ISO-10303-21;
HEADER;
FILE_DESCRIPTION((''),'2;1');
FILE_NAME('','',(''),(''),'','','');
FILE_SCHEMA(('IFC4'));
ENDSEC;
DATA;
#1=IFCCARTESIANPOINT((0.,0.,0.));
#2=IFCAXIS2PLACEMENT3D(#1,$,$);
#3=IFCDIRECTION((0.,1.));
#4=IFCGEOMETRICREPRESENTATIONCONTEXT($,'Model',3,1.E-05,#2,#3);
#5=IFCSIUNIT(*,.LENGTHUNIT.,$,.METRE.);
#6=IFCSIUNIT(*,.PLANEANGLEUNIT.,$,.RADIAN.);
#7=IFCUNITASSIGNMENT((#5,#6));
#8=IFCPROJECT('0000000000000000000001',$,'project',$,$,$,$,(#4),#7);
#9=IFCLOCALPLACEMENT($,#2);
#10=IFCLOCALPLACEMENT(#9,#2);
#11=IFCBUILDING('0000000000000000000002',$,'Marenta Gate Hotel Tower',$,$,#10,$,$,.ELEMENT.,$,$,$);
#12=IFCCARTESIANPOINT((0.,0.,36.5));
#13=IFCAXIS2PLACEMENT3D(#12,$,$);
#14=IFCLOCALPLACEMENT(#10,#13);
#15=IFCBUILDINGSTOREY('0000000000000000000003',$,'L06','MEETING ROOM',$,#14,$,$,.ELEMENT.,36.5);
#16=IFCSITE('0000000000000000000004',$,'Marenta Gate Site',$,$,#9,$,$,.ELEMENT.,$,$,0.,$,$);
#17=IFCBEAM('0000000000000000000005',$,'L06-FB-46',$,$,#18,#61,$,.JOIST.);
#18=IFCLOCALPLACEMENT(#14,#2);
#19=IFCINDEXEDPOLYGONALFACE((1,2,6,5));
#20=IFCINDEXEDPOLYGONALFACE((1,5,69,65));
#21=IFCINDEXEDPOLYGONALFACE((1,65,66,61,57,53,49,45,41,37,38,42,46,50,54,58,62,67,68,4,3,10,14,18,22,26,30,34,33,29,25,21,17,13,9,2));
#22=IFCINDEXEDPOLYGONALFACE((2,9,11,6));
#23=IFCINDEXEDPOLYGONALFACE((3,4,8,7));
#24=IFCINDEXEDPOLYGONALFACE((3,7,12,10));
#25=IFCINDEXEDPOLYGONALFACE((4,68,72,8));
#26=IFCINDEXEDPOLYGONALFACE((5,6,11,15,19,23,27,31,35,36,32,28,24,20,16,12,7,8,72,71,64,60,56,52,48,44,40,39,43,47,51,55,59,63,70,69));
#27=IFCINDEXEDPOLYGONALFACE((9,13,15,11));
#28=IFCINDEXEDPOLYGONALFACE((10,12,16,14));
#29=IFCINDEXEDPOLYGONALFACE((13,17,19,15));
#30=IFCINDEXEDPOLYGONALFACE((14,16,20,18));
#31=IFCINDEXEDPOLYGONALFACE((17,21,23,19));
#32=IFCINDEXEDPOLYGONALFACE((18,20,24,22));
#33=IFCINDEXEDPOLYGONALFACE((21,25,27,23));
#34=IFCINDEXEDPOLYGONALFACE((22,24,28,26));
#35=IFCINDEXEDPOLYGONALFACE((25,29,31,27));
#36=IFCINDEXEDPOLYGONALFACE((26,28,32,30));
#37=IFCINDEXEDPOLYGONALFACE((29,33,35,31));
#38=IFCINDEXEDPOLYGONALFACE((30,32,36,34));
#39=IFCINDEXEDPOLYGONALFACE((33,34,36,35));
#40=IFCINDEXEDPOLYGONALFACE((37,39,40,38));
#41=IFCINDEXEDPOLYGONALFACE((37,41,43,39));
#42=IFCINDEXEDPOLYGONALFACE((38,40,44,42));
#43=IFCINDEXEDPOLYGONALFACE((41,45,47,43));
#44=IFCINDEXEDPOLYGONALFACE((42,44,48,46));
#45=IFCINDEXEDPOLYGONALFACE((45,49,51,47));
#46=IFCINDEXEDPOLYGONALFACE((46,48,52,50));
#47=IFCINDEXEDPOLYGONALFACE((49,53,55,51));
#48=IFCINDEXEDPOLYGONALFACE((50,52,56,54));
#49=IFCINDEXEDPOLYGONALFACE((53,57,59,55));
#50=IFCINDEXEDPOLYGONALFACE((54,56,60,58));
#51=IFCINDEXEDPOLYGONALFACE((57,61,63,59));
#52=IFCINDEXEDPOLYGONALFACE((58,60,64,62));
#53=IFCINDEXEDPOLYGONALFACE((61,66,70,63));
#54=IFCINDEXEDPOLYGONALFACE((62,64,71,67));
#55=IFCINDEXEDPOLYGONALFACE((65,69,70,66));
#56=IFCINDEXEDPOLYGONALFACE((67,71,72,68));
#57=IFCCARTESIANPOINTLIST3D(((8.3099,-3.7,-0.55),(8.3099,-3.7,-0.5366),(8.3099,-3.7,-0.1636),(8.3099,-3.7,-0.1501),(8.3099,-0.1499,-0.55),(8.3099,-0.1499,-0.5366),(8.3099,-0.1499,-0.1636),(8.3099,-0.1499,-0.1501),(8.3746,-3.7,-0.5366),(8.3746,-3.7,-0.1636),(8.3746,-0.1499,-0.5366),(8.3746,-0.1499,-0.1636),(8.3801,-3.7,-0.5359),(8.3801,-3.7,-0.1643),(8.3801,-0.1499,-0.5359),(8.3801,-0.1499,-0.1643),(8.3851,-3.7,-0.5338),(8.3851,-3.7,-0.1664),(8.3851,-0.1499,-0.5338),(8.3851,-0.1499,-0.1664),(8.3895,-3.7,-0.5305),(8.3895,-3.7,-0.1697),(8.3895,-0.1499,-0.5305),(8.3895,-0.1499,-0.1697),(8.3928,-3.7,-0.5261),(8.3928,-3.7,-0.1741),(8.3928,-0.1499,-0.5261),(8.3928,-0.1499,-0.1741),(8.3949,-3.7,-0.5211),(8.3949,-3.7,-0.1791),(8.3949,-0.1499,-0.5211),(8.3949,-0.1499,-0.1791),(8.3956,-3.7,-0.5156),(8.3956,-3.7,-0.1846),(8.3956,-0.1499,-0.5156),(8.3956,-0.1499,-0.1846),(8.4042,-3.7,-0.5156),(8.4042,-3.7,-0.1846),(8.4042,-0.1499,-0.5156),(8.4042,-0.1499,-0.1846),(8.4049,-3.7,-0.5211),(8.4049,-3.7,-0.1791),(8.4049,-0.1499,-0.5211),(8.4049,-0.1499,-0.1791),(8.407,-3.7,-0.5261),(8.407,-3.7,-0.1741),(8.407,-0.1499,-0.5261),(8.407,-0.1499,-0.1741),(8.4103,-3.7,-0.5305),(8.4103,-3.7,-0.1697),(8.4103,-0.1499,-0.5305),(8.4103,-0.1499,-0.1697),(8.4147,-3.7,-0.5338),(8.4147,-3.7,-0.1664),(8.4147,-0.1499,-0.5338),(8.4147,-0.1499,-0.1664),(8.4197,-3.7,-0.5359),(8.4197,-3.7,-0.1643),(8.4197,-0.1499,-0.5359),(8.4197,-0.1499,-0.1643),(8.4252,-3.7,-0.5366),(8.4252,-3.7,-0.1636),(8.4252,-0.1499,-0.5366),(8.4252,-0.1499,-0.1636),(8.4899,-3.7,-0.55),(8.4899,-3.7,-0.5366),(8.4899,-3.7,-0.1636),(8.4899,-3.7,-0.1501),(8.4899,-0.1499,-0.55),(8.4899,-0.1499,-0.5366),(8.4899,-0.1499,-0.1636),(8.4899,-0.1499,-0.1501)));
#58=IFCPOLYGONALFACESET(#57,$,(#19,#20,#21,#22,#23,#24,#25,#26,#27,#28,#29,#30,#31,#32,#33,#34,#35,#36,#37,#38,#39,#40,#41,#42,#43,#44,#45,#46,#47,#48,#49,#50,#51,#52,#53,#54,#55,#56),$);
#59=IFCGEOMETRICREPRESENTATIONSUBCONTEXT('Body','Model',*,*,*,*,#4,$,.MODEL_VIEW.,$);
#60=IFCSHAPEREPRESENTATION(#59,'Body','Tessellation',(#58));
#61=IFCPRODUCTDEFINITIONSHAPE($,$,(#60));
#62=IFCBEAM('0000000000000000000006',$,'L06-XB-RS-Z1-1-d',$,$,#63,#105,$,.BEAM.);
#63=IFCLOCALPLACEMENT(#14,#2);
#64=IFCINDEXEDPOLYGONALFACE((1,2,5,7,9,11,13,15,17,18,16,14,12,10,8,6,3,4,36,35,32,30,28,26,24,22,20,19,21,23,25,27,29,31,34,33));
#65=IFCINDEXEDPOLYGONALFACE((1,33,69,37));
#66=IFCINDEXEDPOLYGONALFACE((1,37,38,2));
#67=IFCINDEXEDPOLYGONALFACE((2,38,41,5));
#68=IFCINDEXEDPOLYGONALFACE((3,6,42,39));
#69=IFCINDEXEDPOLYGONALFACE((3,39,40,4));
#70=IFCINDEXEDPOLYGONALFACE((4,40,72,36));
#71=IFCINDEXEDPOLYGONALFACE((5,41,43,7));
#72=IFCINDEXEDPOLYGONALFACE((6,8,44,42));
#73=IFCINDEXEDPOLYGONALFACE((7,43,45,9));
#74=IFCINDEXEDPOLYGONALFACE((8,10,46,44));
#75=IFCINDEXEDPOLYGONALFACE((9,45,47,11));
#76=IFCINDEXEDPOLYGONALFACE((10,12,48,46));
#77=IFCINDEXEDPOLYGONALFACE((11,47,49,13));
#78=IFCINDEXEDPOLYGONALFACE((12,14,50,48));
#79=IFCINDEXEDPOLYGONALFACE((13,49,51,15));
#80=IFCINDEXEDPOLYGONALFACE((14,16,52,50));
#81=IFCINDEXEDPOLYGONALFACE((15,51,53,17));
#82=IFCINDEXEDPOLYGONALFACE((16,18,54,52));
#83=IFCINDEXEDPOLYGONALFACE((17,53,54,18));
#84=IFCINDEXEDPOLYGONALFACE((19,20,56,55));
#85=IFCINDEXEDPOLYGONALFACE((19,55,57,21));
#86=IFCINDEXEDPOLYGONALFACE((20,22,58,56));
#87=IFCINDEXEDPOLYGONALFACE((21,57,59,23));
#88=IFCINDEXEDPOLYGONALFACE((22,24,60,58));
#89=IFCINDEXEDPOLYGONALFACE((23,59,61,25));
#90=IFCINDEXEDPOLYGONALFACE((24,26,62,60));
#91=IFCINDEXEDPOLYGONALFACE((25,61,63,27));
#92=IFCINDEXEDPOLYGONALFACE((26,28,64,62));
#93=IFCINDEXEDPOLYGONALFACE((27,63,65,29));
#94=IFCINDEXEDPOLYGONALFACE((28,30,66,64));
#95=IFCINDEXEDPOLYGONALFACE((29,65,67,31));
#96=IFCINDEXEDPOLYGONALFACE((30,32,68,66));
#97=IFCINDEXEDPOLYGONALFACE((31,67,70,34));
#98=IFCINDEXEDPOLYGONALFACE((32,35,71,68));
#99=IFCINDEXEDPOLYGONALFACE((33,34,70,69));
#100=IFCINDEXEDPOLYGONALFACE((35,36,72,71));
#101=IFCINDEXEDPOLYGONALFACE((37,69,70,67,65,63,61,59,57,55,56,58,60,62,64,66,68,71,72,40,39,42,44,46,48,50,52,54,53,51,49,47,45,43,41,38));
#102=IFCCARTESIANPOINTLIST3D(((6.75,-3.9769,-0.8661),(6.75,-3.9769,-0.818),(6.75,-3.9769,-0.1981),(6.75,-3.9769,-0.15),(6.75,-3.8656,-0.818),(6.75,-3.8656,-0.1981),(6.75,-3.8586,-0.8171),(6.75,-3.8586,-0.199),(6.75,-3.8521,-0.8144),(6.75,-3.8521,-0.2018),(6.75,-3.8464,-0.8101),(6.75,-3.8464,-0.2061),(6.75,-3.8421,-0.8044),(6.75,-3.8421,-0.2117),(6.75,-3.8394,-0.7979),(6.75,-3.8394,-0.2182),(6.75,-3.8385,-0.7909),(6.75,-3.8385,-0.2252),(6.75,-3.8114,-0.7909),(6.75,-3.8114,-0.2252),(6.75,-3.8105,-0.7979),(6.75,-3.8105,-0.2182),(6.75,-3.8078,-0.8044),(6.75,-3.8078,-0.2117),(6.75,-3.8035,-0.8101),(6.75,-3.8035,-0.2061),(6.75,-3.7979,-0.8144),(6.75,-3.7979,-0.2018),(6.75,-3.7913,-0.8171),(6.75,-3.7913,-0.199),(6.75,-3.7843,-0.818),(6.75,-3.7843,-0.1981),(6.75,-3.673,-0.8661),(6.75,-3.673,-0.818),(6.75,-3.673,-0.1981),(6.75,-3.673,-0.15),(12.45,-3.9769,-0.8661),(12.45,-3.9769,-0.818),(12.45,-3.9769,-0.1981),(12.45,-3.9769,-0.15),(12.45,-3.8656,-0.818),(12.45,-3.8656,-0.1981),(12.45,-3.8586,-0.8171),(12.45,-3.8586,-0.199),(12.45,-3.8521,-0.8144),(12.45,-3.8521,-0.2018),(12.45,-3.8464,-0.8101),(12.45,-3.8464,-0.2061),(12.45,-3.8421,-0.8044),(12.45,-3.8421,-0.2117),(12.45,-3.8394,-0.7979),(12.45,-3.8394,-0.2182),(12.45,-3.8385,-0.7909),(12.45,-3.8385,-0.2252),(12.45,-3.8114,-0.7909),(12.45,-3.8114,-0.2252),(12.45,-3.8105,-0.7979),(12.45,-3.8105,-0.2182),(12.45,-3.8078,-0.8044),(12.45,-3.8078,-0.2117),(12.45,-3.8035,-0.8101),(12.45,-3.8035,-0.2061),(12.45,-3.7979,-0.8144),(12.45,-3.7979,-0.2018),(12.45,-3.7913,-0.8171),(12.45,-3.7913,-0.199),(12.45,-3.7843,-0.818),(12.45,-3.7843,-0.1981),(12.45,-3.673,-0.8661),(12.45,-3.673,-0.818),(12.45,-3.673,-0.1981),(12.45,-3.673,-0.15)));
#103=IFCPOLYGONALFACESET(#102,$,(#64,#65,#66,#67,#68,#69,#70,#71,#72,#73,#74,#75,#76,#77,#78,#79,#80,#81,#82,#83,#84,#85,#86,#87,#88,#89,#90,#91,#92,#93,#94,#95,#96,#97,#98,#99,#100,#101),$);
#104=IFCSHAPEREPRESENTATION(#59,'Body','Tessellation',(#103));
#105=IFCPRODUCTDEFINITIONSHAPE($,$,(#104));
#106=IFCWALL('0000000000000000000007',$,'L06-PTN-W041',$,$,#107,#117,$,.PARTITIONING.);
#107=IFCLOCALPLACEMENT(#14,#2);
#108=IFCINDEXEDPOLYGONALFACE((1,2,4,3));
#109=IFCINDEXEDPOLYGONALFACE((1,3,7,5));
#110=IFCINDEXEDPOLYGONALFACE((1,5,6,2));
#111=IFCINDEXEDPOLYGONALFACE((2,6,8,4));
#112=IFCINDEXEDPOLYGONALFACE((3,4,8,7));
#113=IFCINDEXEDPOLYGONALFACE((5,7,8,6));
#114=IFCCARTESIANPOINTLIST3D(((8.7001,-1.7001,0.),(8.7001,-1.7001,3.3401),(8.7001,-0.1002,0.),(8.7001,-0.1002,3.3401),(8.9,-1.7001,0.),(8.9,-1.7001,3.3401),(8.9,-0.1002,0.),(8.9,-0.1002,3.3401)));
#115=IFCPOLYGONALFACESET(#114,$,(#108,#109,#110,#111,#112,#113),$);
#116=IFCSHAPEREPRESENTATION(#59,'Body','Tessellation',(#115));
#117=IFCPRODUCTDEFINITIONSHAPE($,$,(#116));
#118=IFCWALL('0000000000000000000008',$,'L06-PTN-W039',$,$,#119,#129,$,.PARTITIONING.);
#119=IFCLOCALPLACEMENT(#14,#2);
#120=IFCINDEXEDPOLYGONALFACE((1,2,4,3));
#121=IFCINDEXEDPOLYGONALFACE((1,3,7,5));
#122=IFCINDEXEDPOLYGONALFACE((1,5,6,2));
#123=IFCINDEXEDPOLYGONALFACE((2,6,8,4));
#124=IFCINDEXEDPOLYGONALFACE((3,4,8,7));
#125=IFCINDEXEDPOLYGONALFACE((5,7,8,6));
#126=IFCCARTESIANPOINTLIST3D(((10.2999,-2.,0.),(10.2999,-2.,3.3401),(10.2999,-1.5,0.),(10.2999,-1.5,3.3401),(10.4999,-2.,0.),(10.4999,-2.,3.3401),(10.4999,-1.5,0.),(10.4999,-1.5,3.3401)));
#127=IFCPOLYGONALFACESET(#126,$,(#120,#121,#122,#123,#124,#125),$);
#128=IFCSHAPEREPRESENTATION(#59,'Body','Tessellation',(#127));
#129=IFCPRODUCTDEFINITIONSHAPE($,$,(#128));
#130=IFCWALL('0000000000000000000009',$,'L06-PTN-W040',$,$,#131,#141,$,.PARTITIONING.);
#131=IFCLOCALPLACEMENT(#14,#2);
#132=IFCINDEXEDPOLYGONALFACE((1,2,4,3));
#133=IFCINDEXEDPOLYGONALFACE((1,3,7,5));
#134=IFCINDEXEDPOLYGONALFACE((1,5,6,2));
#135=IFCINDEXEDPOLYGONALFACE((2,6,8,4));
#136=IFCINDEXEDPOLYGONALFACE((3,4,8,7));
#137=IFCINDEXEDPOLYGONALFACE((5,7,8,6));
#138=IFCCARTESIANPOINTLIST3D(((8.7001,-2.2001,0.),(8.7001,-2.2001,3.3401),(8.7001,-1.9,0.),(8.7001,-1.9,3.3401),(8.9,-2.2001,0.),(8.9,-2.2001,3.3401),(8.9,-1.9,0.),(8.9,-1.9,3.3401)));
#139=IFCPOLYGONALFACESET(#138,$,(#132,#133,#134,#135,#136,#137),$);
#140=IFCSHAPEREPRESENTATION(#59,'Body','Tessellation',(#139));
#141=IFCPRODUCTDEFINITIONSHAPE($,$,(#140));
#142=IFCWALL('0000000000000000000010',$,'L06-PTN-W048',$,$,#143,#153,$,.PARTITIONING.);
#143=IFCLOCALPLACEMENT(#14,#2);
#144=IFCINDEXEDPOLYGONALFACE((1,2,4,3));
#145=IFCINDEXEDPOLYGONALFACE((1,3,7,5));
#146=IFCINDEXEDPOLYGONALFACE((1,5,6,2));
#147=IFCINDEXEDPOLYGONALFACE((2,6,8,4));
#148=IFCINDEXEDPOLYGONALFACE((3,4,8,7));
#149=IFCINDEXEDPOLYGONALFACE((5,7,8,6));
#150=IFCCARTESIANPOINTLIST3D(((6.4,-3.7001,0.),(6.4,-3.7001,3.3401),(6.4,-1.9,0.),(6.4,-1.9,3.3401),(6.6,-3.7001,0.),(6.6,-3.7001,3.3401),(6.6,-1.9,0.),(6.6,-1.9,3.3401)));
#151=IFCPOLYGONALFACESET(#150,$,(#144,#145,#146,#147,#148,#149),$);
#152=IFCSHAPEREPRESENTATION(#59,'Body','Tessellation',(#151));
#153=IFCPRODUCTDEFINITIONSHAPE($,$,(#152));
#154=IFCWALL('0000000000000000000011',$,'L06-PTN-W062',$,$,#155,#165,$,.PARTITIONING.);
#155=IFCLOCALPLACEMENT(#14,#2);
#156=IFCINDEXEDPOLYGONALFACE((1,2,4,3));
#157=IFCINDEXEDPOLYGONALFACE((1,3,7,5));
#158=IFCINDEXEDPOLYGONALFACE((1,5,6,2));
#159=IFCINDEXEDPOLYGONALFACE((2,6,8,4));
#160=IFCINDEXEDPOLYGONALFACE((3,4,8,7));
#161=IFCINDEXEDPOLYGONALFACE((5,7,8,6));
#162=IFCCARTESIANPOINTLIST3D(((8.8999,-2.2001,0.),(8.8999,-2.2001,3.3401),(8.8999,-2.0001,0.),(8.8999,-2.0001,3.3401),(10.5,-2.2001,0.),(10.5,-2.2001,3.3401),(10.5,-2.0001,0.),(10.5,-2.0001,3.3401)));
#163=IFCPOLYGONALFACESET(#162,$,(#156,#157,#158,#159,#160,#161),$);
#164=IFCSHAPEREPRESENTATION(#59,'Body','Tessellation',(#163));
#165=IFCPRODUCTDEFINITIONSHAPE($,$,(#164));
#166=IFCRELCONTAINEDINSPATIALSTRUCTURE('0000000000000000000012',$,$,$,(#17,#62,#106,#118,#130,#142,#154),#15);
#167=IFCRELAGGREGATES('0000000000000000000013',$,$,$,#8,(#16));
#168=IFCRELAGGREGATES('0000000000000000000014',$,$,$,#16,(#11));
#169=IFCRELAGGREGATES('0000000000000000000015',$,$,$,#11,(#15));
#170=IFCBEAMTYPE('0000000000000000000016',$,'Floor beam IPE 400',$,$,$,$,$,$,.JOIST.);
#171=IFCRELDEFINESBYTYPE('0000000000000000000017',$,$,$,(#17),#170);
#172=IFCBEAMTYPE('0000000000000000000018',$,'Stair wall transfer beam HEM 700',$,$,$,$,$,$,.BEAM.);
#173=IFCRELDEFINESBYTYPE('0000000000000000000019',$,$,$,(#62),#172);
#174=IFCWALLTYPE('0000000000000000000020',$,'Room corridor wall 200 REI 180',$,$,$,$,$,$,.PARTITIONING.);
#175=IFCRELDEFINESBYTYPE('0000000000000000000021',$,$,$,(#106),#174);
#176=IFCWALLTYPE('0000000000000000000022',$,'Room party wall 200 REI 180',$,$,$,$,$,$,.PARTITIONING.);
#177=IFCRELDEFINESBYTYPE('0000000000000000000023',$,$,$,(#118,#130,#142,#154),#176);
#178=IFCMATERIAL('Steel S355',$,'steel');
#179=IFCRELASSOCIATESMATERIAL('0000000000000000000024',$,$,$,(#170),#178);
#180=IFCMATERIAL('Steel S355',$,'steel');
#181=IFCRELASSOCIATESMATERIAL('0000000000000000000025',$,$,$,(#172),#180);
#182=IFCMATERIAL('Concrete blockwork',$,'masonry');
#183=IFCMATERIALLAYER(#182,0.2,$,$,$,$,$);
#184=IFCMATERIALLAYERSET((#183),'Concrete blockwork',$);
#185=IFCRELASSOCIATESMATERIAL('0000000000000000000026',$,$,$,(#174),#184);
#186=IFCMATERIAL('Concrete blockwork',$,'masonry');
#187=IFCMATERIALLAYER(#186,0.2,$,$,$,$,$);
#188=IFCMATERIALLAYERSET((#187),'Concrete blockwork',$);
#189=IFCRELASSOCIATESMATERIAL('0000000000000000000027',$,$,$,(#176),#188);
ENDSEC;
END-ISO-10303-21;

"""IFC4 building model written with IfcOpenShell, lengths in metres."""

from ifc_helpers import new_model, si_unit, direction, frame, frame_2d, origin, origin_2d, place, context, subcontext, project, spatial, rectangle, i_section, extrude, material, layer, layer_set, material_profile, profile_set, type_object, element, save


model = new_model("IFC4")

# Units and contexts
model_context = context("Model", 3, precision=1e-05, world=origin(), true_north=direction((0.0, 1.0)))
body_context = subcontext(model_context, "Body", "Model", "MODEL_VIEW")
ifc_project = project(units=[si_unit("LENGTHUNIT", "METRE"), si_unit("PLANEANGLEUNIT", "RADIAN")], contexts=[model_context])

# Site, building, storey
site_placement = place(None, origin())
site = spatial("IfcSite", under=ifc_project, at=site_placement, Name="Marenta Gate Site", CompositionType="ELEMENT", RefElevation=0.0)
building_placement = place(site_placement, origin())
building = spatial("IfcBuilding", under=site, at=building_placement, Name="Marenta Gate Hotel Tower", CompositionType="ELEMENT")
storey_placement = place(building_placement, frame((0.0, 0.0, 36.5)))
storey = spatial("IfcBuildingStorey", under=building, at=storey_placement, Name="L06", Description="MEETING ROOM", CompositionType="ELEMENT", Elevation=36.5)

# Beams
ifc_material_1 = material(Name="Steel S355", Category="steel")
ifc_material_profile_1 = material_profile(ifc_material_1, i_section(OverallWidth=0.1799, OverallDepth=0.3999, WebThickness=0.0085, FlangeThickness=0.0134, FilletRadius=0.021, at=origin_2d()), Name="IPE 400")
ifc_profile_set_1 = profile_set([ifc_material_profile_1], Name="Steel S355")
beam_type_1 = type_object("IfcBeamType", Name="Floor beam IPE 400", PredefinedType="JOIST", material=ifc_profile_set_1)
beam_1_placement = place(storey_placement, frame((8.3999, -3.7, -0.3501), z_axis=(0.0, 1.0, 0.0), x_axis=(-1.0, 0.0, 0.0)))
element("IfcBeam", 1, at=beam_1_placement, inside=storey, type_object=beam_type_1, Name="L06-FB-46", PredefinedType="JOIST", context=body_context, shape_type="SweptSolid", body=[
    extrude(i_section(OverallWidth=0.1799, OverallDepth=0.3999, WebThickness=0.0085, FlangeThickness=0.0134, FilletRadius=0.021, at=origin_2d()), origin(), (0.0, 0.0, 1.0), 3.55),
])
ifc_material_2 = material(Name="Steel S355", Category="steel")
ifc_material_profile_2 = material_profile(ifc_material_2, i_section(OverallWidth=0.304, OverallDepth=0.7161, WebThickness=0.0271, FlangeThickness=0.0481, FilletRadius=0.0271, at=origin_2d()), Name="HEM 700")
ifc_profile_set_2 = profile_set([ifc_material_profile_2], Name="Steel S355")
beam_type_2 = type_object("IfcBeamType", Name="Stair wall transfer beam HEM 700", PredefinedType="BEAM", material=ifc_profile_set_2)
beam_2_placement = place(storey_placement, frame((6.75, -3.825, -0.5081), z_axis=(1.0, 0.0, 0.0), x_axis=(0.0, 1.0, 0.0)))
element("IfcBeam", 2, at=beam_2_placement, inside=storey, type_object=beam_type_2, Name="L06-XB-RS-Z1-1-d", PredefinedType="BEAM", context=body_context, shape_type="SweptSolid", body=[
    extrude(i_section(OverallWidth=0.304, OverallDepth=0.7161, WebThickness=0.0271, FlangeThickness=0.0481, FilletRadius=0.0271, at=origin_2d()), origin(), (0.0, 0.0, 1.0), 5.7),
])

# Walls
ifc_material_3 = material(Name="Concrete blockwork", Category="masonry")
ifc_layer_1 = layer(ifc_material_3, 0.2)
ifc_layer_set_1 = layer_set([ifc_layer_1], Name="Concrete blockwork")
wall_type_1 = type_object("IfcWallType", Name="Room corridor wall 200 REI 180", PredefinedType="PARTITIONING", material=ifc_layer_set_1)
wall_1_placement = place(storey_placement, frame((8.8, -1.7, 0.0), z_axis=(0.0, 0.0, 1.0), x_axis=(0.0, 1.0, 0.0)))
element("IfcWall", 3, at=wall_1_placement, inside=storey, type_object=wall_type_1, Name="L06-PTN-W041", PredefinedType="PARTITIONING", context=body_context, shape_type="SweptSolid", body=[
    extrude(rectangle(XDim=1.5999, YDim=0.2, at=frame_2d((0.7998, 0.0))), origin(), (0.0, 0.0, 1.0), 3.3401),
])
ifc_material_4 = material(Name="Concrete blockwork", Category="masonry")
ifc_layer_2 = layer(ifc_material_4, 0.2)
ifc_layer_set_2 = layer_set([ifc_layer_2], Name="Concrete blockwork")
wall_type_2 = type_object("IfcWallType", Name="Room party wall 200 REI 180", PredefinedType="PARTITIONING", material=ifc_layer_set_2)
wall_2_placement = place(storey_placement, frame((10.3999, -2.0, 0.0), z_axis=(0.0, 0.0, 1.0), x_axis=(0.0, 1.0, 0.0)))
element("IfcWall", 4, at=wall_2_placement, inside=storey, type_object=wall_type_2, Name="L06-PTN-W039", PredefinedType="PARTITIONING", context=body_context, shape_type="SweptSolid", body=[
    extrude(rectangle(XDim=0.5, YDim=0.2, at=frame_2d((0.25, 0.0))), origin(), (0.0, 0.0, 1.0), 3.3401),
])
wall_3_placement = place(storey_placement, frame((8.8, -2.2, 0.0), z_axis=(0.0, 0.0, 1.0), x_axis=(0.0, 1.0, 0.0)))
element("IfcWall", 5, at=wall_3_placement, inside=storey, type_object=wall_type_2, Name="L06-PTN-W040", PredefinedType="PARTITIONING", context=body_context, shape_type="SweptSolid", body=[
    extrude(rectangle(XDim=0.3, YDim=0.2, at=frame_2d((0.1499, 0.0))), origin(), (0.0, 0.0, 1.0), 3.3401),
])
wall_4_placement = place(storey_placement, frame((6.5, -3.7, 0.0), z_axis=(0.0, 0.0, 1.0), x_axis=(0.0, 1.0, 0.0)))
element("IfcWall", 6, at=wall_4_placement, inside=storey, type_object=wall_type_2, Name="L06-PTN-W048", PredefinedType="PARTITIONING", context=body_context, shape_type="SweptSolid", body=[
    extrude(rectangle(XDim=1.8, YDim=0.2, at=frame_2d((0.8999, 0.0))), origin(), (0.0, 0.0, 1.0), 3.3401),
])
wall_5_placement = place(storey_placement, frame((8.8999, -2.1001, 0.0), z_axis=(0.0, 0.0, 1.0), x_axis=(1.0, 0.0, 0.0)))
element("IfcWall", 7, at=wall_5_placement, inside=storey, type_object=wall_type_2, Name="L06-PTN-W062", PredefinedType="PARTITIONING", context=body_context, shape_type="SweptSolid", body=[
    extrude(rectangle(XDim=1.6001, YDim=0.2, at=frame_2d((0.8, 0.0))), origin(), (0.0, 0.0, 1.0), 3.3401),
])

save(model, "model.ifc")
